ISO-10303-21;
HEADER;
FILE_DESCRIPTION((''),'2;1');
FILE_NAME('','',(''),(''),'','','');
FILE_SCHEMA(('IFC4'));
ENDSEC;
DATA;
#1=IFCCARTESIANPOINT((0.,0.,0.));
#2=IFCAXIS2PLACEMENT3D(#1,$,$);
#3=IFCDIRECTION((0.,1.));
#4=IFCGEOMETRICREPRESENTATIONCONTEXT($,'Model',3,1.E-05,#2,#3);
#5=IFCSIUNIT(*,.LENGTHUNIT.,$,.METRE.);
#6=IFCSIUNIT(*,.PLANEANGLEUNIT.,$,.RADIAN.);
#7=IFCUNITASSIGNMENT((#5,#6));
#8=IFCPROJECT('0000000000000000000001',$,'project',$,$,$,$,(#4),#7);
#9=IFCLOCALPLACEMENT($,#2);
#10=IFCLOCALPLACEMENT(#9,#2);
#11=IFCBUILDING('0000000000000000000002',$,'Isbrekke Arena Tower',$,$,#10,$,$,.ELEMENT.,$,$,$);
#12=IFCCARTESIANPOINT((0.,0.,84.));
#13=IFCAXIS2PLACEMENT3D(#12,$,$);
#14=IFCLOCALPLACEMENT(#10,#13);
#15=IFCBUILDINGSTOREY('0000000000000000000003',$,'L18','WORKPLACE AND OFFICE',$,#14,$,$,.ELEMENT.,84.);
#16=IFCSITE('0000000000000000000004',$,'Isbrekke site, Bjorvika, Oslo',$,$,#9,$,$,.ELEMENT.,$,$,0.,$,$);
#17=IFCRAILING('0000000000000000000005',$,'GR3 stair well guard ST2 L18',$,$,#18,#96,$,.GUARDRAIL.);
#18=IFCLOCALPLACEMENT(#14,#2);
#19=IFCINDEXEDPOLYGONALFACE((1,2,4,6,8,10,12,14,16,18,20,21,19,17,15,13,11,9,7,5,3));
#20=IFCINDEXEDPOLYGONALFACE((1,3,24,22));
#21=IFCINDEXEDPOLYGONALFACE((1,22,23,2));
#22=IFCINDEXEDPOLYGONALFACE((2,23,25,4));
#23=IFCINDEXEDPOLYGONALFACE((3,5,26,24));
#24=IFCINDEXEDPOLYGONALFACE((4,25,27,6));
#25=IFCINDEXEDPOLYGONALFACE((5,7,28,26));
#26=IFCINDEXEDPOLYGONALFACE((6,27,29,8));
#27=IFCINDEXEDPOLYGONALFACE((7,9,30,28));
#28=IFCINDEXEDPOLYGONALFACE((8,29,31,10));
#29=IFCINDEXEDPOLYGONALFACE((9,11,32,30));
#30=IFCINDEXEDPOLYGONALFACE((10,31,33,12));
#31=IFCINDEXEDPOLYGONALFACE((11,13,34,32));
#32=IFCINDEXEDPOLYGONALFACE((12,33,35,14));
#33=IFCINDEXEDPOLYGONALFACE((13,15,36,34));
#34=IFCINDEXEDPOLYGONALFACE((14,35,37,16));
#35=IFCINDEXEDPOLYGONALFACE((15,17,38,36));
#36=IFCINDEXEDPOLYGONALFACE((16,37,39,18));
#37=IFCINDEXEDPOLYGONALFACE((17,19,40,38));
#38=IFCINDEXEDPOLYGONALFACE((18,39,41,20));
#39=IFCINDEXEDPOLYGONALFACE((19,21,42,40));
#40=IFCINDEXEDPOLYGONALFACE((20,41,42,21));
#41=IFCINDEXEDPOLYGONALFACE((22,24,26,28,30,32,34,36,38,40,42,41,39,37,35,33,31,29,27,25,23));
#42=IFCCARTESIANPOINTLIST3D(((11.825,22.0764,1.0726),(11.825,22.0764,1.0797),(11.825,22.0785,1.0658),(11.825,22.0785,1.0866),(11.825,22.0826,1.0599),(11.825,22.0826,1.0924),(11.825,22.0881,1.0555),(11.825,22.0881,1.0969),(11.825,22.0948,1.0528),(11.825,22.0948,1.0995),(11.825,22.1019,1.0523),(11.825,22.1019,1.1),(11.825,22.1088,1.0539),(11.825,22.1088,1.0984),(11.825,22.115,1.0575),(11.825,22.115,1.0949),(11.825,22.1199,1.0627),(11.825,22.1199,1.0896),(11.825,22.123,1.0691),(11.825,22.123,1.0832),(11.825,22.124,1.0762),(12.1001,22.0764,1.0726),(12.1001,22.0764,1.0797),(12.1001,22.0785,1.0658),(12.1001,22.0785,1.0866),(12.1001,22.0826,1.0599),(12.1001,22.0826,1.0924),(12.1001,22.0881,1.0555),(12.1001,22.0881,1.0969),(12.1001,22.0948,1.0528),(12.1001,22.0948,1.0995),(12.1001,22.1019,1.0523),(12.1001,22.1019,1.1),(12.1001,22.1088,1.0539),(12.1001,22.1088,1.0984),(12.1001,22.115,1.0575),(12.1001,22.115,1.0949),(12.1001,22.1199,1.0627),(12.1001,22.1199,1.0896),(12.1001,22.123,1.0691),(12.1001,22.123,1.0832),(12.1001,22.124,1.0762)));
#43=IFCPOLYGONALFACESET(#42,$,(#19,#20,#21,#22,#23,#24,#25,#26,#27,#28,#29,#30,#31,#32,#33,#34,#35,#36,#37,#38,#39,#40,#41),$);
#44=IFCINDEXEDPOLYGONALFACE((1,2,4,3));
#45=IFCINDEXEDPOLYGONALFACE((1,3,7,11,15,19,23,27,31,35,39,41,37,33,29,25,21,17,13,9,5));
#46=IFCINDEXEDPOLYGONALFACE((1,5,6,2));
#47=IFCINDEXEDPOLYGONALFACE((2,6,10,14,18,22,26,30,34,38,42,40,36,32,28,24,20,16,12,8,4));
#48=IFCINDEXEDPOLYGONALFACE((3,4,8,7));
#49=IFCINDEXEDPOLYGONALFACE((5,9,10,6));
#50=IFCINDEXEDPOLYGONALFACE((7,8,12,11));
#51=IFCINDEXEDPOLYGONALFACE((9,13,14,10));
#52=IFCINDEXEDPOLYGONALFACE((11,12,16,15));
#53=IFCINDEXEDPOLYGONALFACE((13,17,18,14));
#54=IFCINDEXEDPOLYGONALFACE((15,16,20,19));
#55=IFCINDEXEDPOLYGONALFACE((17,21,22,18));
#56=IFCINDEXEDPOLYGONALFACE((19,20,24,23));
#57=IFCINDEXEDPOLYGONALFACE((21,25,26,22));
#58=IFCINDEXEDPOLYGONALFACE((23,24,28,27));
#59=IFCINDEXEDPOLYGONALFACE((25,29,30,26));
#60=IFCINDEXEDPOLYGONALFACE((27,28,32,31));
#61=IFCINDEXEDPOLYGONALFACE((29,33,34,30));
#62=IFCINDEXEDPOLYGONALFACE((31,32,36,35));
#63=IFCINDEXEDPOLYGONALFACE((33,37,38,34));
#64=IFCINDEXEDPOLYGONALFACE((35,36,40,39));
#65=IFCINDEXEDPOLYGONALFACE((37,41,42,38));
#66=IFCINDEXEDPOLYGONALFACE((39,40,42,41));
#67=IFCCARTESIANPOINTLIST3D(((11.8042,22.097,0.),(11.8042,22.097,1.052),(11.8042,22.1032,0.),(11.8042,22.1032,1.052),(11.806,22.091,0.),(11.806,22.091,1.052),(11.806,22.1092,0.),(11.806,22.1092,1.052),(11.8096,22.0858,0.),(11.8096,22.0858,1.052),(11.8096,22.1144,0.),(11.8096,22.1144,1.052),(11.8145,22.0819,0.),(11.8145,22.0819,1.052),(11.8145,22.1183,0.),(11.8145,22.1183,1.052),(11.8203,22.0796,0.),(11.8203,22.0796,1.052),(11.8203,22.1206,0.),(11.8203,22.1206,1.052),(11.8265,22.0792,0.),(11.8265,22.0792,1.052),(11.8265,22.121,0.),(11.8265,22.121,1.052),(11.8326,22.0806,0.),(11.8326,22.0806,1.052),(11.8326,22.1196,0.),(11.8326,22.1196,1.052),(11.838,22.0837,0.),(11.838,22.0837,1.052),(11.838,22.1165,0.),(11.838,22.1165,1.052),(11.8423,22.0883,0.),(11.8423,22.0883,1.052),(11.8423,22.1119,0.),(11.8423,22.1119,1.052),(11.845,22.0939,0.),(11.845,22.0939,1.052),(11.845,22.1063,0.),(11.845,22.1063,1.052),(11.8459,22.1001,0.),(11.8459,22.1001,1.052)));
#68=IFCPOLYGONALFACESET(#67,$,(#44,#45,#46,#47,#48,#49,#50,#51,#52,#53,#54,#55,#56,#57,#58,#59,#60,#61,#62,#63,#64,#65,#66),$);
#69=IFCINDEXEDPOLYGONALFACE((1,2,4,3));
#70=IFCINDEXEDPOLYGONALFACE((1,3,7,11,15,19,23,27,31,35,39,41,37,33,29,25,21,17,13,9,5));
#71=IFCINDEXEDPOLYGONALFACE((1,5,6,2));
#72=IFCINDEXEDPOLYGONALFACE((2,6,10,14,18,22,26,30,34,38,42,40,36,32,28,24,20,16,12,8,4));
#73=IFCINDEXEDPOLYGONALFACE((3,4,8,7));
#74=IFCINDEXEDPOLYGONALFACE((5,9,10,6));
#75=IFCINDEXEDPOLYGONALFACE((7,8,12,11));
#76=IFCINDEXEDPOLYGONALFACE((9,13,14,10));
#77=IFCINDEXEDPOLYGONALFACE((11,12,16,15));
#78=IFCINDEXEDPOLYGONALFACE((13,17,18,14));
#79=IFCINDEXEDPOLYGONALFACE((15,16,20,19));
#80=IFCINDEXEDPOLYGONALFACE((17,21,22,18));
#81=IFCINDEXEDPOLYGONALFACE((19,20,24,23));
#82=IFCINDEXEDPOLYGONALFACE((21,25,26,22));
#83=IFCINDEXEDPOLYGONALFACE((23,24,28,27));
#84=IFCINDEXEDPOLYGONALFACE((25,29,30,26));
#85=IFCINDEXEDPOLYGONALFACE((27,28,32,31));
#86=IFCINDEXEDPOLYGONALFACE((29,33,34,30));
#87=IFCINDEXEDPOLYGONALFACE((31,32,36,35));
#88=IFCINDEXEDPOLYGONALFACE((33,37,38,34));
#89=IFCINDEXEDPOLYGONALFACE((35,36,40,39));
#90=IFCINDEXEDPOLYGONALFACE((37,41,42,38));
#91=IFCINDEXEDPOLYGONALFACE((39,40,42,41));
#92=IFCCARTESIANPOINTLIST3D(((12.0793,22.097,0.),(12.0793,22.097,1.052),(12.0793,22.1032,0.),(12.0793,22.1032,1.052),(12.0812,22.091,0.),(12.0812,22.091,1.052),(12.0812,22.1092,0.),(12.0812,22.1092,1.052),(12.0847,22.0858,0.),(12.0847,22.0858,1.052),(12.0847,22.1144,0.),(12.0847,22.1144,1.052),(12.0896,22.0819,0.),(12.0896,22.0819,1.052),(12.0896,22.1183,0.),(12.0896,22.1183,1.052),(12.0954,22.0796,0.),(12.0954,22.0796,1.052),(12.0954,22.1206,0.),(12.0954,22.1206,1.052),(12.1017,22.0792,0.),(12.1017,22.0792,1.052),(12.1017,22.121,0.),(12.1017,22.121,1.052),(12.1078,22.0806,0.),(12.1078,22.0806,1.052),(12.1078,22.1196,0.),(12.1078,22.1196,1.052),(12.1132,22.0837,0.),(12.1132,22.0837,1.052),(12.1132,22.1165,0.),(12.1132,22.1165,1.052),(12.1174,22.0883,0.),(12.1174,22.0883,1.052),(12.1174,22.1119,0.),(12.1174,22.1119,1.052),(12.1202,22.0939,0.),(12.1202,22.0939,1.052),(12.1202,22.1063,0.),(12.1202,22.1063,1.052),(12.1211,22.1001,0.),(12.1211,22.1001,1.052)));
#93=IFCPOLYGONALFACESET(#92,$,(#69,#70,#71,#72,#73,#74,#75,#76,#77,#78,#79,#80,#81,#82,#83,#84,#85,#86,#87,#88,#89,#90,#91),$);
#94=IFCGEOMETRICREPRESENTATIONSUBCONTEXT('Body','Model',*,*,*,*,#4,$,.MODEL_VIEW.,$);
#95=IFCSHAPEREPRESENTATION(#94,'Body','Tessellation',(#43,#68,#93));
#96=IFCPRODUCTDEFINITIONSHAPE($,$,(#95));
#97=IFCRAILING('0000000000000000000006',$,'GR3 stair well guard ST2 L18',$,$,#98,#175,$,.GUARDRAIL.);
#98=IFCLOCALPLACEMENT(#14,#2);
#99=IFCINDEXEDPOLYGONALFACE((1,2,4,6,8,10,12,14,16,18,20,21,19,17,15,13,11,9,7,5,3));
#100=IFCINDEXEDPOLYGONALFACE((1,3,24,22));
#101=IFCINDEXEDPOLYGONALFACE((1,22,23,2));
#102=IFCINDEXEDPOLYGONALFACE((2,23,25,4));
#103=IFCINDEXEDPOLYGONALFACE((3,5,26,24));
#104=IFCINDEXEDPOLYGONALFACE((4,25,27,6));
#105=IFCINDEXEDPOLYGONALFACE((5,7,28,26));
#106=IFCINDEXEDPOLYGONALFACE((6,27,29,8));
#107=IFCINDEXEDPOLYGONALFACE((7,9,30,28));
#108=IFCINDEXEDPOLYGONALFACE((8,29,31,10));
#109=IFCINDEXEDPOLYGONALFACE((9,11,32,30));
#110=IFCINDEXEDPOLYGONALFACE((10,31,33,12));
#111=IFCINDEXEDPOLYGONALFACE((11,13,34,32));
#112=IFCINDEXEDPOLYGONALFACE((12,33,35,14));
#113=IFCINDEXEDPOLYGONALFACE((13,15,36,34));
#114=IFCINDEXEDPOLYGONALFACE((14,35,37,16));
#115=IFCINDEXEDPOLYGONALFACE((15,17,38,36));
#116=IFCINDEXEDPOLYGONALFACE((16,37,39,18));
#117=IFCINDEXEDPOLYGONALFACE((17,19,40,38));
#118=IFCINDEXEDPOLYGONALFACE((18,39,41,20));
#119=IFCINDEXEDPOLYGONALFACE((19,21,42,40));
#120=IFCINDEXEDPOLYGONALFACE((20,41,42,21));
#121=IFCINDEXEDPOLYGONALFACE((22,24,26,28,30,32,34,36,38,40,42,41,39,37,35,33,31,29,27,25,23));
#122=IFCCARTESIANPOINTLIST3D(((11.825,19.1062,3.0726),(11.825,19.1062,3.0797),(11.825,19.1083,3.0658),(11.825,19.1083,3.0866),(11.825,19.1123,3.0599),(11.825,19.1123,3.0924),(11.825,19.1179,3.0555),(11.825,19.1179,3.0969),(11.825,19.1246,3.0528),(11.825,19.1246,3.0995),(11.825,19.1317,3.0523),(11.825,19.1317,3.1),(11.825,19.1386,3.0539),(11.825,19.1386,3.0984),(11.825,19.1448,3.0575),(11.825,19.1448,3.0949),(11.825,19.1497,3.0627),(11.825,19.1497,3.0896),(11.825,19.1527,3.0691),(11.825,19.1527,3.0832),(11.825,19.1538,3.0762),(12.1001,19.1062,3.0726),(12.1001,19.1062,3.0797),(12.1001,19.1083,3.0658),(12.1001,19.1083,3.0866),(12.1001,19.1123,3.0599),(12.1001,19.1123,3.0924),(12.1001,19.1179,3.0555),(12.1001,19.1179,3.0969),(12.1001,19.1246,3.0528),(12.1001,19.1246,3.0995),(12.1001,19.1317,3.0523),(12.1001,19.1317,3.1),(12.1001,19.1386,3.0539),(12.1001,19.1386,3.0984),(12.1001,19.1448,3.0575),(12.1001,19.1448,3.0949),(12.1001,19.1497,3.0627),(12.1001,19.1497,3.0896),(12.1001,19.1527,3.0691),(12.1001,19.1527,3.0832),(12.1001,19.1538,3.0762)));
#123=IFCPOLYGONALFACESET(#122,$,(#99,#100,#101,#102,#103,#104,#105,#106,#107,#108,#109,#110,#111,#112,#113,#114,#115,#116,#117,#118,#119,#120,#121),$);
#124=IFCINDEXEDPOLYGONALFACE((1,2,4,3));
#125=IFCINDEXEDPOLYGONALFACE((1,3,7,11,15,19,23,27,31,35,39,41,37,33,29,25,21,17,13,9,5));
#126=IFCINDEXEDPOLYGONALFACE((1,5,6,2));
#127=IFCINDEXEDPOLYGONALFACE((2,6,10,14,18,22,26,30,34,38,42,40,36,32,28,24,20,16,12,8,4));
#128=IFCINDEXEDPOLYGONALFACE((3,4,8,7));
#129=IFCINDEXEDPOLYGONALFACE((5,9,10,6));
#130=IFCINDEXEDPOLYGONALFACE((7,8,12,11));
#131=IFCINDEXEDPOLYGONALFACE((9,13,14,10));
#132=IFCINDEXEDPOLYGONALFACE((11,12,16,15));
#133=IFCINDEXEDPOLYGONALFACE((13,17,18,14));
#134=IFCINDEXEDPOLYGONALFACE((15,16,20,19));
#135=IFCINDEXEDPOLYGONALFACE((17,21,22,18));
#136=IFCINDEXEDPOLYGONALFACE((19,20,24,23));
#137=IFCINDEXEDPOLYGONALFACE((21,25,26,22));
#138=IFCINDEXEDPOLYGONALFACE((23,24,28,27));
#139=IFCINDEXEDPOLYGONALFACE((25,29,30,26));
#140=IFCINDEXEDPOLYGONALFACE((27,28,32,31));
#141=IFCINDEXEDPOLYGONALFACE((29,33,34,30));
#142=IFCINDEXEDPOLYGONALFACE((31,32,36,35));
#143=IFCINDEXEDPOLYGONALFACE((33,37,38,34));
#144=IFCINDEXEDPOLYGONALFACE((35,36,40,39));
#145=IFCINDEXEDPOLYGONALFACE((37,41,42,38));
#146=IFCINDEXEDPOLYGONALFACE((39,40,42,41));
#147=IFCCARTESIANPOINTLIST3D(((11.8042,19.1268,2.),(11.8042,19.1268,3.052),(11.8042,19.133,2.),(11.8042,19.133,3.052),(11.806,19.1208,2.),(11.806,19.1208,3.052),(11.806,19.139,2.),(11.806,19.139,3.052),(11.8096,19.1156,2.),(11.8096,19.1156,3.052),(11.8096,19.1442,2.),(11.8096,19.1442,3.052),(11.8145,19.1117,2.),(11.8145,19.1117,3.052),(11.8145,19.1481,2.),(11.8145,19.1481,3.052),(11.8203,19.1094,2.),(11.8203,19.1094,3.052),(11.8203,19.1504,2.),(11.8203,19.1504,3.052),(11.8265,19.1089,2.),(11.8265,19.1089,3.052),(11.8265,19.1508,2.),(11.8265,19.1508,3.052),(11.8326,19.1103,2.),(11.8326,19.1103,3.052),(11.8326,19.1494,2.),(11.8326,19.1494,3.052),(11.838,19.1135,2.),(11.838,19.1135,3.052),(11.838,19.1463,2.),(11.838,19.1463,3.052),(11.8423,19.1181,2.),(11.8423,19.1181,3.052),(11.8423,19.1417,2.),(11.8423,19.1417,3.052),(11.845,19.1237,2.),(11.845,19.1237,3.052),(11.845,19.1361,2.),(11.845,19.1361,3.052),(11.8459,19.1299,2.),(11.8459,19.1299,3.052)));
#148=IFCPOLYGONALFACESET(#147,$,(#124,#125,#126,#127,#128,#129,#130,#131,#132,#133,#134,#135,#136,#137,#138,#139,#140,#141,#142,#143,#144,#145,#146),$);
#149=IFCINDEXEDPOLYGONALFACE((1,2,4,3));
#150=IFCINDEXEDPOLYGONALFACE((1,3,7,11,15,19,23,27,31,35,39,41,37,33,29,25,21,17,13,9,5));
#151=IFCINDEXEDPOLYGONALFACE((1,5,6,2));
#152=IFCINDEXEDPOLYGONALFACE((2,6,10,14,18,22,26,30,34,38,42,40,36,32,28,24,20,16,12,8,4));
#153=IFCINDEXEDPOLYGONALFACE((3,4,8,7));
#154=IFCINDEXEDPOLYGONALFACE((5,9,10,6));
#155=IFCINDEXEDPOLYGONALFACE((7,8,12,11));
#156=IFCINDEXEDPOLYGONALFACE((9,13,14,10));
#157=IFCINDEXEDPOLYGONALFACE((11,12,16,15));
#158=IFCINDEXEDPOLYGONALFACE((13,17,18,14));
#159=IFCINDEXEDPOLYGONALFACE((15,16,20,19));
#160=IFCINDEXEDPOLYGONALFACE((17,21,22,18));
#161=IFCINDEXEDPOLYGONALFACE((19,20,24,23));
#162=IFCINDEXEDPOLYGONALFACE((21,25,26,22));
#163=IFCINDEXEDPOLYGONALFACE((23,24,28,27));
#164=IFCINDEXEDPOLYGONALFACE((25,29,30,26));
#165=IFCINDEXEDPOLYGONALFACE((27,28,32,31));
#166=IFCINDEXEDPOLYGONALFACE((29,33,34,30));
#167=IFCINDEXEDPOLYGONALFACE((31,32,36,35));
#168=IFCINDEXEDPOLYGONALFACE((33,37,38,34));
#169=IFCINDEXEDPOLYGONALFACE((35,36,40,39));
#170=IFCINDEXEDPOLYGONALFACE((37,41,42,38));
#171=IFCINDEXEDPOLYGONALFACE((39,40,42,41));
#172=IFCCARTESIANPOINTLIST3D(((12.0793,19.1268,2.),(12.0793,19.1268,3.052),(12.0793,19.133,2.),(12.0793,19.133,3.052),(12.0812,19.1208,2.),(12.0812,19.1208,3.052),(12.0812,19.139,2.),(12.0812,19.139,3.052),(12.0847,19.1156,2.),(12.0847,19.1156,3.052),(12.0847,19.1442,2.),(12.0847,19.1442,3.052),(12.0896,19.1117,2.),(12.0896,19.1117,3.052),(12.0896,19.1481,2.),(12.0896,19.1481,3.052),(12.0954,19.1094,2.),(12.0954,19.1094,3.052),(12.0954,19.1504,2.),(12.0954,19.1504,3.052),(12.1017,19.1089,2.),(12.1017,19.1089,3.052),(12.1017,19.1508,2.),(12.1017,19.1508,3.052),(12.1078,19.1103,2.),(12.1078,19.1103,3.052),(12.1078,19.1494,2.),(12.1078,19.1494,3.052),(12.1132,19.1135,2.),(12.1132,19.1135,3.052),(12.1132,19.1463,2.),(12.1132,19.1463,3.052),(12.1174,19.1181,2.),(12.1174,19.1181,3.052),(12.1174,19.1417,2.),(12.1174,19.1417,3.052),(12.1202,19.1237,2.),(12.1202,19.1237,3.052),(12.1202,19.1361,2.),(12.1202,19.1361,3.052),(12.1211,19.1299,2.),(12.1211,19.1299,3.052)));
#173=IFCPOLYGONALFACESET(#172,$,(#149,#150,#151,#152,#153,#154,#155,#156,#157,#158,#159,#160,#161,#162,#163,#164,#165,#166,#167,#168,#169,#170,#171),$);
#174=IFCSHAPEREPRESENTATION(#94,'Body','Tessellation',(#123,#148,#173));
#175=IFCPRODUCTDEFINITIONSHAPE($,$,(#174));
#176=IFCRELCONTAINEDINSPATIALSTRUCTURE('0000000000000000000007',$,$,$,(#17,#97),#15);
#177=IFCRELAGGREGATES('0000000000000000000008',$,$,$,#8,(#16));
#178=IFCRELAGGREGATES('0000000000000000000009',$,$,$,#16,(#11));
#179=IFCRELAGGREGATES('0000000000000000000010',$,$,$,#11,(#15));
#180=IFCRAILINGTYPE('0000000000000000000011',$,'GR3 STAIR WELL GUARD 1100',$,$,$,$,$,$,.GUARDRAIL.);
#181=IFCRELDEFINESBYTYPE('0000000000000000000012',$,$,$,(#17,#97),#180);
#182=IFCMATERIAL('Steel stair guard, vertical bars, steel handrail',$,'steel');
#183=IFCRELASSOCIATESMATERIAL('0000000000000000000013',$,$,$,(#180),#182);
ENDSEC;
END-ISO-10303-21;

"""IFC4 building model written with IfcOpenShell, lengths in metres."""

from ifc_helpers import new_model, si_unit, direction, frame, origin, origin_2d, place, context, subcontext, project, spatial, circle, extrude, material, type_object, element, save


model = new_model("IFC4")

# Units and contexts
model_context = context("Model", 3, precision=1e-05, world=origin(), true_north=direction((0.0, 1.0)))
body_context = subcontext(model_context, "Body", "Model", "MODEL_VIEW")
ifc_project = project(units=[si_unit("LENGTHUNIT", "METRE"), si_unit("PLANEANGLEUNIT", "RADIAN")], contexts=[model_context])

# Site, building, storey
site_placement = place(None, origin())
site = spatial("IfcSite", under=ifc_project, at=site_placement, Name="Isbrekke site, Bjorvika, Oslo", CompositionType="ELEMENT", RefElevation=0.0)
building_placement = place(site_placement, origin())
building = spatial("IfcBuilding", under=site, at=building_placement, Name="Isbrekke Arena Tower", CompositionType="ELEMENT")
storey_placement = place(building_placement, frame((0.0, 0.0, 84.0)))
storey = spatial("IfcBuildingStorey", under=building, at=storey_placement, Name="L18", Description="WORKPLACE AND OFFICE", CompositionType="ELEMENT", Elevation=84.0)

# Railings
ifc_material_1 = material(Name="Steel stair guard, vertical bars, steel handrail", Category="steel")
railing_type = type_object("IfcRailingType", Name="GR3 STAIR WELL GUARD 1100", PredefinedType="GUARDRAIL", material=ifc_material_1)
for number, where, name in (
    (1, (11.825, 22.1001, 0.0), "GR3 stair well guard ST2 L18"),
    (2, (11.825, 19.1299, 2.0), "GR3 stair well guard ST2 L18"),
):
    element("IfcRailing", number, at=place(storey_placement, frame(where)), inside=storey, type_object=railing_type, Name=name, PredefinedType="GUARDRAIL", context=body_context, shape_type="SweptSolid", body=[
        extrude(circle(Radius=0.0239, at=origin_2d()), frame((0.0, 0.0, 1.0762), z_axis=(1.0, 0.0, 0.0), x_axis=(0.0, 1.0, 0.0)), (0.0, 0.0, 1.0), 0.2751),
        extrude(circle(Radius=0.021, at=origin_2d()), origin(), (0.0, 0.0, 1.0), 1.052),
        extrude(circle(Radius=0.021, at=origin_2d()), frame((0.2751, 0.0, 0.0)), (0.0, 0.0, 1.0), 1.052),
    ])

save(model, "model.ifc")
